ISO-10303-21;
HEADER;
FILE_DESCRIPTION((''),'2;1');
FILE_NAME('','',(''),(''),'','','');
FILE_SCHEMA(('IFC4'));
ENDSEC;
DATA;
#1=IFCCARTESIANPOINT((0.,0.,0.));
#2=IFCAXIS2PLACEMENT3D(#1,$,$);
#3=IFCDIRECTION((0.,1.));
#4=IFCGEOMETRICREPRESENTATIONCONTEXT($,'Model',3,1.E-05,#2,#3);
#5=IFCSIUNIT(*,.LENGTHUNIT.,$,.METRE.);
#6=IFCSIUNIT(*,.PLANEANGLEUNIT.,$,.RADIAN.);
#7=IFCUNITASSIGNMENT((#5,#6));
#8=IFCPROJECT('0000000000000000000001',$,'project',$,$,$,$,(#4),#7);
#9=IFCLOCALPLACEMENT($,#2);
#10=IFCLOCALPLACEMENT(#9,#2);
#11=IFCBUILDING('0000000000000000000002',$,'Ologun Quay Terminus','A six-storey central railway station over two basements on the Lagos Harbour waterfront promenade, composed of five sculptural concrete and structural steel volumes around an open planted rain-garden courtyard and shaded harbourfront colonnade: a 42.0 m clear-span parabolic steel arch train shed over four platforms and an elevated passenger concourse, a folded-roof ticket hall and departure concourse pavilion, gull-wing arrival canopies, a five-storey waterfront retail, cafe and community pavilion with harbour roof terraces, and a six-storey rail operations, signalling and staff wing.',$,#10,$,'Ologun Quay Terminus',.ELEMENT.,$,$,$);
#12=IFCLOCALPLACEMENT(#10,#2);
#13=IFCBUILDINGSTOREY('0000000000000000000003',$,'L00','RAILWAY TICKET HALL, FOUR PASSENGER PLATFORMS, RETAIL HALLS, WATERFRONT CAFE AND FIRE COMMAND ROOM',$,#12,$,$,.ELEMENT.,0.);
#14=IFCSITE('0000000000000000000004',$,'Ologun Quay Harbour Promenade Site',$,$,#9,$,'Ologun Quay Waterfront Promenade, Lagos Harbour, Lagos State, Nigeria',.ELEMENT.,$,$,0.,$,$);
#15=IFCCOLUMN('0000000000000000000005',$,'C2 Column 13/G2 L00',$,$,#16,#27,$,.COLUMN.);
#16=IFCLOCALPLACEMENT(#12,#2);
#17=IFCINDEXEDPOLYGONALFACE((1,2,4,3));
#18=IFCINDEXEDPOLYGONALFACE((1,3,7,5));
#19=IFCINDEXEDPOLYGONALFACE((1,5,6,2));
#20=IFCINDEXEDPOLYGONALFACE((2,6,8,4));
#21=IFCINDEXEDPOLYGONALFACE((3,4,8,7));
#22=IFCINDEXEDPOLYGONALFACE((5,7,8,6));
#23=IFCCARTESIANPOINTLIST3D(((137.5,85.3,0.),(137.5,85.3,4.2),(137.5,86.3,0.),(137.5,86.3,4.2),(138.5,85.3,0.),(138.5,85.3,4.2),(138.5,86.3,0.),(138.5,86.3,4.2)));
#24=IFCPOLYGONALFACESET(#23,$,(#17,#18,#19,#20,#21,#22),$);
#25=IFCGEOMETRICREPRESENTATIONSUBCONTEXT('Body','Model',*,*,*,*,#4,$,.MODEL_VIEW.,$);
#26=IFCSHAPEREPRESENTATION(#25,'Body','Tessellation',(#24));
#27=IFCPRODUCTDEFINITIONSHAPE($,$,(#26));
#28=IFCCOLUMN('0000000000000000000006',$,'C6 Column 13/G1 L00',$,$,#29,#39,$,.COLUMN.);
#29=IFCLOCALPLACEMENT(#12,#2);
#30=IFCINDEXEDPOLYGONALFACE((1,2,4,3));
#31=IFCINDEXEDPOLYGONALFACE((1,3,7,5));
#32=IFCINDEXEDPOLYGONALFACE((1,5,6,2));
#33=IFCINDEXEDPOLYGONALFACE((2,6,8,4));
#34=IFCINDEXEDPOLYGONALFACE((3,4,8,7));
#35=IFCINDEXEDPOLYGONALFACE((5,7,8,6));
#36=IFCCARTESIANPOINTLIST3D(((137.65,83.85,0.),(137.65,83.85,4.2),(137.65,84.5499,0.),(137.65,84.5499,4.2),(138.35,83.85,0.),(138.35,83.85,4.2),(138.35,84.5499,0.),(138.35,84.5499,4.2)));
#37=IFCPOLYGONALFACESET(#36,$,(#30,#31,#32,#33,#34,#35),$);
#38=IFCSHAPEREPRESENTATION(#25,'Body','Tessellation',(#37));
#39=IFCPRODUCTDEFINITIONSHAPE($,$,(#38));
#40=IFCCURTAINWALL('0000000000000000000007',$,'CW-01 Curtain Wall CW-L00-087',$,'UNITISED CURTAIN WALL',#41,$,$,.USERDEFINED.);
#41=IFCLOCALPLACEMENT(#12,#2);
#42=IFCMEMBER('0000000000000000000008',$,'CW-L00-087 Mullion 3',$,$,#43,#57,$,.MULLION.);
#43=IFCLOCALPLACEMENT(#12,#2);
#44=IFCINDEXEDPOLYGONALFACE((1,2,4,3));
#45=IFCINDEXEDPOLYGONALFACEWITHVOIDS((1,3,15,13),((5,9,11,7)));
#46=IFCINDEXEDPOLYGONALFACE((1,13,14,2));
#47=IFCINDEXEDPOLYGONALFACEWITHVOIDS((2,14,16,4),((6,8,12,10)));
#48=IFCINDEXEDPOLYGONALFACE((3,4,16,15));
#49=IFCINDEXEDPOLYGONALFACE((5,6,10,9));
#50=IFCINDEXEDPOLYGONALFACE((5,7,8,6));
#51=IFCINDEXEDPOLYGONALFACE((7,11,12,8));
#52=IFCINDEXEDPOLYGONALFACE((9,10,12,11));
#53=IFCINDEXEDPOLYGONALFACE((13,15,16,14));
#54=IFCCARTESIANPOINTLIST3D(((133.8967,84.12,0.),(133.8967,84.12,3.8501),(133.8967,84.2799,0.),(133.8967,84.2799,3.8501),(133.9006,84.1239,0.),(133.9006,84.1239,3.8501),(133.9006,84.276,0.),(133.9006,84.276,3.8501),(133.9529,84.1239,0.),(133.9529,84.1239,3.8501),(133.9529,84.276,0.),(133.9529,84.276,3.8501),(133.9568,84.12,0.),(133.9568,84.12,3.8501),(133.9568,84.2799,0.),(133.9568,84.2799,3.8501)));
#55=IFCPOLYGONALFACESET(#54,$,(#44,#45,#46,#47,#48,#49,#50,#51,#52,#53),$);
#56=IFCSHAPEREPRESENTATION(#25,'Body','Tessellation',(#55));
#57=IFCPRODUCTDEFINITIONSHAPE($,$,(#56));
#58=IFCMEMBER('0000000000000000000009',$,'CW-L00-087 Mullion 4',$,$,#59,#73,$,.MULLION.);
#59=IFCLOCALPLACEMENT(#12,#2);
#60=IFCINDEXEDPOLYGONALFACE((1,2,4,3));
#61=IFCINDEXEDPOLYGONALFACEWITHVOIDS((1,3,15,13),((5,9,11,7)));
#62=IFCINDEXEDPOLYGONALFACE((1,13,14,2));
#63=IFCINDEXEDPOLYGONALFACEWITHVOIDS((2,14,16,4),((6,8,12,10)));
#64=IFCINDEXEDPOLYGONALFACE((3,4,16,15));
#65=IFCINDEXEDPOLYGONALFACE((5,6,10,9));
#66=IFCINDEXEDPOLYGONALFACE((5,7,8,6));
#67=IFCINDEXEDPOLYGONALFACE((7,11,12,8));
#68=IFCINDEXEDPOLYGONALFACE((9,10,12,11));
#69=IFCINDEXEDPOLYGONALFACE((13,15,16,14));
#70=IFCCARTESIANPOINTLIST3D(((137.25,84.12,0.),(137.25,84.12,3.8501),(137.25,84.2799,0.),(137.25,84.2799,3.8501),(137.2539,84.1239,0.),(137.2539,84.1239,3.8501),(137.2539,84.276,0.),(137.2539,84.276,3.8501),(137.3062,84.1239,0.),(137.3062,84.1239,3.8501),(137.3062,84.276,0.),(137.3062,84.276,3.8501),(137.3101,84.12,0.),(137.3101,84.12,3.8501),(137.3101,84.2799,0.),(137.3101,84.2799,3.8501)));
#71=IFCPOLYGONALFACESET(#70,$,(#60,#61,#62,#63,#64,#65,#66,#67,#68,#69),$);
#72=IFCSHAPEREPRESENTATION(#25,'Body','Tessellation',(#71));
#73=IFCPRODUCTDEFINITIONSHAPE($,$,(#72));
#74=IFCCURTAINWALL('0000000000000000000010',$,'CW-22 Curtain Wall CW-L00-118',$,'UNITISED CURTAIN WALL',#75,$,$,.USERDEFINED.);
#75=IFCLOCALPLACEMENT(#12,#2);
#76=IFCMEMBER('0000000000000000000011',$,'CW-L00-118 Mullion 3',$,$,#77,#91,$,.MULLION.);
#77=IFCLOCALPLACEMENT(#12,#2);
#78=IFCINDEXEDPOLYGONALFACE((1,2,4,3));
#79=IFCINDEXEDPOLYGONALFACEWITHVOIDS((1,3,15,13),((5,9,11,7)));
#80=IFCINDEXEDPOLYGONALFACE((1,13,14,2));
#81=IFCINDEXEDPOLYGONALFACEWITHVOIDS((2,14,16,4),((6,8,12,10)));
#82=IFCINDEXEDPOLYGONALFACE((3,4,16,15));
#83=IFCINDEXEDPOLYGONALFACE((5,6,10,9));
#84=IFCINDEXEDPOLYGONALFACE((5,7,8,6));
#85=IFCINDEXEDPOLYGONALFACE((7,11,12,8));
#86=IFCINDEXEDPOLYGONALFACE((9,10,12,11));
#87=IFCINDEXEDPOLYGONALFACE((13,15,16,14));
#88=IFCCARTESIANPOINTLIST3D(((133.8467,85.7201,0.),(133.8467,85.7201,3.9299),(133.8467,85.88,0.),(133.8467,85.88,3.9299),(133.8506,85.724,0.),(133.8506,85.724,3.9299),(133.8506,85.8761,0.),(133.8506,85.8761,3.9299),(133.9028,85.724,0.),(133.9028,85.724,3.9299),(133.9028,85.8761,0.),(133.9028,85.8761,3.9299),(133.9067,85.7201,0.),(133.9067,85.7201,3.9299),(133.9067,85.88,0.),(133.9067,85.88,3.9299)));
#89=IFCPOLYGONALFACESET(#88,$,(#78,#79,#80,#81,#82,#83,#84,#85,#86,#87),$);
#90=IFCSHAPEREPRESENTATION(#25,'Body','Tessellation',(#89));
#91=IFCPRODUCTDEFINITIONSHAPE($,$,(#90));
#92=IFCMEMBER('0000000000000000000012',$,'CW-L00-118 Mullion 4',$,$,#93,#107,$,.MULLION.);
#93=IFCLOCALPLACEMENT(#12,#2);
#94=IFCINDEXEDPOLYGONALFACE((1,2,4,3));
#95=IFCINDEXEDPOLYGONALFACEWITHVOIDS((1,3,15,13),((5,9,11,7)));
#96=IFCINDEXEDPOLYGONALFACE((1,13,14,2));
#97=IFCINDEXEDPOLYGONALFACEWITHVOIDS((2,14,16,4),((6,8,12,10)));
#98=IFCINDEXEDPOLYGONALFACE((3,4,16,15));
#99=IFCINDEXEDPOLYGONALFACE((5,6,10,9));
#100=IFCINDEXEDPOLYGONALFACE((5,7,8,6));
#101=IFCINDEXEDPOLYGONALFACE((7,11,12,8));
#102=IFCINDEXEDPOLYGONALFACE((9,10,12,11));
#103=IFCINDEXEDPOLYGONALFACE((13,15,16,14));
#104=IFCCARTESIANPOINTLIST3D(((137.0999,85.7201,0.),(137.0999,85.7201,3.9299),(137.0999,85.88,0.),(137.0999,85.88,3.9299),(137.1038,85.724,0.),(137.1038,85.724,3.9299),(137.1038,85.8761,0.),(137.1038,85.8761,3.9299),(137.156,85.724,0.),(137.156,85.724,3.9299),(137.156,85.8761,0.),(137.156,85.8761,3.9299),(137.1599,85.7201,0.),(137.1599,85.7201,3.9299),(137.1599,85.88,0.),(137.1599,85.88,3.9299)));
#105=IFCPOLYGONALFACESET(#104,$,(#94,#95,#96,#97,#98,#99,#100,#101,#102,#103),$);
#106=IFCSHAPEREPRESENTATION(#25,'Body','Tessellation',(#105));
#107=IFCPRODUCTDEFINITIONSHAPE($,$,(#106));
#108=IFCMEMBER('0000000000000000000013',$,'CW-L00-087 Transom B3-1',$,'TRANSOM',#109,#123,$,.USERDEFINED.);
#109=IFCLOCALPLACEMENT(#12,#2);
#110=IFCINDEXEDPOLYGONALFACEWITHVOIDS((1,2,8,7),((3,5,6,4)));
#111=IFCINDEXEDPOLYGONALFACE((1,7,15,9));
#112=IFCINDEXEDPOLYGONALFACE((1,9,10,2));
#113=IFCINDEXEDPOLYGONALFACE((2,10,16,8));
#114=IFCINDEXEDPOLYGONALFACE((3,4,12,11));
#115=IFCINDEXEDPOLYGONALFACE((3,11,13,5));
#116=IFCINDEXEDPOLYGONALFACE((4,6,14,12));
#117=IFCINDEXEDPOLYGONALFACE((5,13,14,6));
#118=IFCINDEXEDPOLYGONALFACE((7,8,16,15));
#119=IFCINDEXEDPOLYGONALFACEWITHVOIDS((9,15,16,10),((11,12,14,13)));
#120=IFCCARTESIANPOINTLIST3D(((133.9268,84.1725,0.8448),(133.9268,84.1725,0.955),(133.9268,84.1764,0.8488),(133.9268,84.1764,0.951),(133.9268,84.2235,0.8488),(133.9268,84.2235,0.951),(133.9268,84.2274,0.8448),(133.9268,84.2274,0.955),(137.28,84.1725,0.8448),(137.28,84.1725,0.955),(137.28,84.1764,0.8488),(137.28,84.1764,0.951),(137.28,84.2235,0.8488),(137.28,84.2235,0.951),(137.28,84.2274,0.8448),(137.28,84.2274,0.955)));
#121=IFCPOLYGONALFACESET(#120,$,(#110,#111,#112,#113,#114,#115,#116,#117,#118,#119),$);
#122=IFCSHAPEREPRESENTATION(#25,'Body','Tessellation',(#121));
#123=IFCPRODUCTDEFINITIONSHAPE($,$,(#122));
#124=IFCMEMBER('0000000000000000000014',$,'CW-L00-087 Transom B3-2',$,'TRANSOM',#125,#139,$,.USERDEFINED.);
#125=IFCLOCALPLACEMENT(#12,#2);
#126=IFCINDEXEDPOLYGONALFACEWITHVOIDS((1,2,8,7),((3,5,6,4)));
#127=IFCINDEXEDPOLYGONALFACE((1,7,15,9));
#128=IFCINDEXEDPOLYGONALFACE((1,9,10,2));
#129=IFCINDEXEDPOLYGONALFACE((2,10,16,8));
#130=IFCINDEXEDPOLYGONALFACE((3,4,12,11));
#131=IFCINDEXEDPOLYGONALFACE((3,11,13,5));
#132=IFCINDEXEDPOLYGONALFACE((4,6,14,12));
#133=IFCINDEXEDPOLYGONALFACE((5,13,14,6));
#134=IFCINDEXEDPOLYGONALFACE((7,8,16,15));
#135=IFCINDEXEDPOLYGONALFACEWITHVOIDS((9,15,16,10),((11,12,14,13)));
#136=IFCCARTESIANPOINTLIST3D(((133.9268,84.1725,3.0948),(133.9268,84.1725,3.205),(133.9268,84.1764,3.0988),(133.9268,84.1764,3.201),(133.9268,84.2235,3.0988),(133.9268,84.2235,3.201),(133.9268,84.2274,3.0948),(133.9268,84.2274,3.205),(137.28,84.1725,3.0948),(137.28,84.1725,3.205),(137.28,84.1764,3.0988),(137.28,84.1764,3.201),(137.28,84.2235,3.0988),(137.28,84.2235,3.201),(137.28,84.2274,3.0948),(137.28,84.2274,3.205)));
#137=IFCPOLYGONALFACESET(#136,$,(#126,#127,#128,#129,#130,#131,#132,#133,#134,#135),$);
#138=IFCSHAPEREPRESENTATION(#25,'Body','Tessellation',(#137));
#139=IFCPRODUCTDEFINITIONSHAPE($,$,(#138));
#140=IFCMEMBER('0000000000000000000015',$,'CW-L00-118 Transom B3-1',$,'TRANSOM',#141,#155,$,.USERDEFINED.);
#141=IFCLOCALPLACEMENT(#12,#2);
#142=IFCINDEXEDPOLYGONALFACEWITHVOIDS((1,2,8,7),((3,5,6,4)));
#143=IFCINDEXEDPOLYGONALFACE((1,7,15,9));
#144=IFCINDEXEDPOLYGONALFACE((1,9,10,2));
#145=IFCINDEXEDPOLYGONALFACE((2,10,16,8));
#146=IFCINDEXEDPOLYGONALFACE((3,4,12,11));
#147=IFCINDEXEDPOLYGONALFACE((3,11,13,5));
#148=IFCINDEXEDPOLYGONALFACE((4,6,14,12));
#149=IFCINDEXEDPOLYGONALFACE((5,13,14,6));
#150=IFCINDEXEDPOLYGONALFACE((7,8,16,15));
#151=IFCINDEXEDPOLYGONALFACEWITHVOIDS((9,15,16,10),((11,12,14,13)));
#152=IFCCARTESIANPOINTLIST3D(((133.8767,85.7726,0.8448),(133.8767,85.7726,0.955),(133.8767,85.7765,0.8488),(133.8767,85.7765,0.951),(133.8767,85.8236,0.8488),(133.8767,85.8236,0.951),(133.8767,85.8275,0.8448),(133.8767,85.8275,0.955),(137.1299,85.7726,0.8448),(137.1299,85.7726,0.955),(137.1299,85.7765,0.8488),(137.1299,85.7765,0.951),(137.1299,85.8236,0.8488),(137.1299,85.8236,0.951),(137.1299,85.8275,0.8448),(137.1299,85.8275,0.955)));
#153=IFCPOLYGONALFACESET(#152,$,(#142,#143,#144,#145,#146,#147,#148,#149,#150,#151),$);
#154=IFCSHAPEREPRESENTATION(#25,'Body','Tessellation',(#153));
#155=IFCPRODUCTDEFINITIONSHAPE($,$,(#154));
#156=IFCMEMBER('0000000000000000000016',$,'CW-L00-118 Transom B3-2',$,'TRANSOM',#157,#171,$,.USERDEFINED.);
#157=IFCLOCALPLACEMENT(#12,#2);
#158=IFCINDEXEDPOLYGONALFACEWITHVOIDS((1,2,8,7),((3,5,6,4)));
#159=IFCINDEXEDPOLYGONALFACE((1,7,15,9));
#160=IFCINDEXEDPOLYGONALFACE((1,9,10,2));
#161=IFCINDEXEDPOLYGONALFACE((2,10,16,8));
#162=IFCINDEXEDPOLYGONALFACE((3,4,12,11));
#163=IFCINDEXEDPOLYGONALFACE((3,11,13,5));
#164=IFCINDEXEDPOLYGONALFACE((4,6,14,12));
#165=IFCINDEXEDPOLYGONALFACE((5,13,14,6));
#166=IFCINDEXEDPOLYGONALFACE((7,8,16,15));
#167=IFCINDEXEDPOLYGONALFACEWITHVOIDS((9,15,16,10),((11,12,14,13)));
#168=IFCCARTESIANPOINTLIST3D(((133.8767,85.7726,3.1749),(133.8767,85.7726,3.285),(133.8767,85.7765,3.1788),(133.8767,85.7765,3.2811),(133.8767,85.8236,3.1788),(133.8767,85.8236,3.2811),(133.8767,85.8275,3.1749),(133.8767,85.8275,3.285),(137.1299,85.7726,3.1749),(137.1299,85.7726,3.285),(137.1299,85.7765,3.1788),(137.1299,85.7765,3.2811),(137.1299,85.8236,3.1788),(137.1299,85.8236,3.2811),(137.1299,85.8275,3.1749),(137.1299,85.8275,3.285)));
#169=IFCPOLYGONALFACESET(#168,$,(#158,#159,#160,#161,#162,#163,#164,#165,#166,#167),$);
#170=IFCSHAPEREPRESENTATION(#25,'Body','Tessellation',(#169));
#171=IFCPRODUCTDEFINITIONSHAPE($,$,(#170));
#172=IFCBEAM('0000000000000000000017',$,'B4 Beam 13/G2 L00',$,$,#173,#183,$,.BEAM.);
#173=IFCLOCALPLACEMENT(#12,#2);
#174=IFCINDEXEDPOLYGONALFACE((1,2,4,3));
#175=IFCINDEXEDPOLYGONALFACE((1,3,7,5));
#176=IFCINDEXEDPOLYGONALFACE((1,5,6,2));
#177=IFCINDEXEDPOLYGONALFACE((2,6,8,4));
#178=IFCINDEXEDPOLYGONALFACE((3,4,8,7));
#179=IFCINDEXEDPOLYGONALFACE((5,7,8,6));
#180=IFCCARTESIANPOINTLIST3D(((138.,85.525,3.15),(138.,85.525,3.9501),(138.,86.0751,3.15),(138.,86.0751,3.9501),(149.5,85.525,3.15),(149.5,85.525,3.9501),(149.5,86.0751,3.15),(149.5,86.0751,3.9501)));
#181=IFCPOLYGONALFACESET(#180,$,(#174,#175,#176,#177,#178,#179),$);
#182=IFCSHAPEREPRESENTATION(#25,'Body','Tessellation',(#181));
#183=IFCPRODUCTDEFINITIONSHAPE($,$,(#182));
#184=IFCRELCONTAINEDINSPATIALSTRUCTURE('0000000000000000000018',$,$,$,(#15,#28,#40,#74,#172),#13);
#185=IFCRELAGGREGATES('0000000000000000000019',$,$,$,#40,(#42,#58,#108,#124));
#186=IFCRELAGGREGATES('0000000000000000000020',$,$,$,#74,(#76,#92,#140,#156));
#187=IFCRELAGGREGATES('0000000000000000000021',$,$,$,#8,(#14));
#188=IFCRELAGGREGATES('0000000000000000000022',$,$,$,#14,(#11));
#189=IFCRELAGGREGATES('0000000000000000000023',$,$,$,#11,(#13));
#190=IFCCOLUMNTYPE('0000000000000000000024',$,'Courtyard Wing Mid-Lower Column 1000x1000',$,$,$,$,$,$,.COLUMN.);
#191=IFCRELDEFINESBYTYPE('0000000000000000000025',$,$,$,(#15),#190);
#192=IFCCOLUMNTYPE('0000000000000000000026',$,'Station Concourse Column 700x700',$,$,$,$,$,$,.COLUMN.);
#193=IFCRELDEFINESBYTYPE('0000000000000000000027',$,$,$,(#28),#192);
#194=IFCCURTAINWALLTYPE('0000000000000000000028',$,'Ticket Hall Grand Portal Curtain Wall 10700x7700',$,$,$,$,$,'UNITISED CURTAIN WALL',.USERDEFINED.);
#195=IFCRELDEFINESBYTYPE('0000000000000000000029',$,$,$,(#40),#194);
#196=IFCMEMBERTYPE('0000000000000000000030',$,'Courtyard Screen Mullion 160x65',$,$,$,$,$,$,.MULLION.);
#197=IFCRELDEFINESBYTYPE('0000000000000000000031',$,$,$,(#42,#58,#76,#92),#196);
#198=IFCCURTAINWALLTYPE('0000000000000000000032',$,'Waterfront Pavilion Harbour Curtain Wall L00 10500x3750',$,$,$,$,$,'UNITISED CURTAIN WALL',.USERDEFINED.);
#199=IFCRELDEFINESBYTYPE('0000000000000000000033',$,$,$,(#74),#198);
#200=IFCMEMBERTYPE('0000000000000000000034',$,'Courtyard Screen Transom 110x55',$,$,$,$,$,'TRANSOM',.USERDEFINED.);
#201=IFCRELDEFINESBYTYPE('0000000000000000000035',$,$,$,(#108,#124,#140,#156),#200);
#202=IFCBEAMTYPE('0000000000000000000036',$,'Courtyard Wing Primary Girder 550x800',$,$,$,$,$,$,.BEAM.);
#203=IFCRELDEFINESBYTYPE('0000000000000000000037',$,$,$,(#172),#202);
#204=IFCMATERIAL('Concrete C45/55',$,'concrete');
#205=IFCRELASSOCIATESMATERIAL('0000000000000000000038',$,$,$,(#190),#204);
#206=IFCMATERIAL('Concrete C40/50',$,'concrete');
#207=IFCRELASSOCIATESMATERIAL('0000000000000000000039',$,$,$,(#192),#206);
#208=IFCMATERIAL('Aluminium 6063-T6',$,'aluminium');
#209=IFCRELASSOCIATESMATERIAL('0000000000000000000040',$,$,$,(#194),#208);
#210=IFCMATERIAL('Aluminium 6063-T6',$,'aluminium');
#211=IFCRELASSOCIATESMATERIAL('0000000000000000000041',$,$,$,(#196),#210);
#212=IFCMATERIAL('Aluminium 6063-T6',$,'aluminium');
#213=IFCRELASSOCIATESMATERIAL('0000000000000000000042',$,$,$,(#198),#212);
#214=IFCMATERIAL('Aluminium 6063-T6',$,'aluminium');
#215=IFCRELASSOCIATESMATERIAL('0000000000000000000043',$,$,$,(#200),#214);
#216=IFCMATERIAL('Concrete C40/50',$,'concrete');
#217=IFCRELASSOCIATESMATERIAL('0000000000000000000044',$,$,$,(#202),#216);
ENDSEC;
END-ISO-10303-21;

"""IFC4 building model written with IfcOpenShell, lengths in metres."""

from ifc_helpers import new_model, si_unit, direction, frame, origin, origin_2d, place, context, subcontext, project, spatial, rectangle, hollow_rectangle, extrude, material, material_profile, profile_set, type_object, element, aggregate, save


model = new_model("IFC4")

# Units and contexts
model_context = context("Model", 3, precision=1e-05, world=origin(), true_north=direction((0.0, 1.0)))
body_context = subcontext(model_context, "Body", "Model", "MODEL_VIEW")
ifc_project = project(units=[si_unit("LENGTHUNIT", "METRE"), si_unit("PLANEANGLEUNIT", "RADIAN")], contexts=[model_context])

# Site, building, storey
site_placement = place(None, origin())
site = spatial("IfcSite", under=ifc_project, at=site_placement, Name="Ologun Quay Harbour Promenade Site", LongName="Ologun Quay Waterfront Promenade, Lagos Harbour, Lagos State, Nigeria", CompositionType="ELEMENT", RefElevation=0.0)
building_placement = place(site_placement, origin())
building = spatial("IfcBuilding", under=site, at=building_placement, Name="Ologun Quay Terminus", Description="A six-storey central railway station over two basements on the Lagos Harbour waterfront promenade, composed of five sculptural concrete and structural steel volumes around an open planted rain-garden courtyard and shaded harbourfront colonnade: a 42.0 m clear-span parabolic steel arch train shed over four platforms and an elevated passenger concourse, a folded-roof ticket hall and departure concourse pavilion, gull-wing arrival canopies, a five-storey waterfront retail, cafe and community pavilion with harbour roof terraces, and a six-storey rail operations, signalling and staff wing.", LongName="Ologun Quay Terminus", CompositionType="ELEMENT")
storey_placement = place(building_placement, origin())
storey = spatial("IfcBuildingStorey", under=building, at=storey_placement, Name="L00", Description="RAILWAY TICKET HALL, FOUR PASSENGER PLATFORMS, RETAIL HALLS, WATERFRONT CAFE AND FIRE COMMAND ROOM", CompositionType="ELEMENT", Elevation=0.0)

# Columns
ifc_material_1 = material(Name="Concrete C45/55", Category="concrete")
ifc_material_profile_1 = material_profile(ifc_material_1, rectangle(XDim=1.0, YDim=1.0, at=origin_2d()), Name="RC 1000x1000")
ifc_profile_set_1 = profile_set([ifc_material_profile_1], Name="Concrete C45/55")
column_type_1 = type_object("IfcColumnType", Name="Courtyard Wing Mid-Lower Column 1000x1000", PredefinedType="COLUMN", material=ifc_profile_set_1)
column_1_placement = place(storey_placement, frame((138.0, 85.8, 0.0), z_axis=(0.0, 0.0, 1.0), x_axis=(1.0, 0.0, 0.0)))
element("IfcColumn", 1, at=column_1_placement, inside=storey, type_object=column_type_1, Name="C2 Column 13/G2 L00", PredefinedType="COLUMN", context=body_context, shape_type="SweptSolid", body=[
    extrude(rectangle(XDim=1.0, YDim=1.0, at=origin_2d()), origin(), (0.0, 0.0, 1.0), 4.2),
])
ifc_material_2 = material(Name="Concrete C40/50", Category="concrete")
ifc_material_profile_2 = material_profile(ifc_material_2, rectangle(XDim=0.7, YDim=0.7, at=origin_2d()), Name="RC 700x700")
ifc_profile_set_2 = profile_set([ifc_material_profile_2], Name="Concrete C40/50")
column_type_2 = type_object("IfcColumnType", Name="Station Concourse Column 700x700", PredefinedType="COLUMN", material=ifc_profile_set_2)
column_2_placement = place(storey_placement, frame((138.0, 84.2, 0.0), z_axis=(0.0, 0.0, 1.0), x_axis=(1.0, 0.0, 0.0)))
element("IfcColumn", 2, at=column_2_placement, inside=storey, type_object=column_type_2, Name="C6 Column 13/G1 L00", PredefinedType="COLUMN", context=body_context, shape_type="SweptSolid", body=[
    extrude(rectangle(XDim=0.7, YDim=0.7, at=origin_2d()), origin(), (0.0, 0.0, 1.0), 4.2),
])

# Curtain walls, members
ifc_material_3 = material(Name="Aluminium 6063-T6", Category="aluminium")
curtain_wall_type_1 = type_object("IfcCurtainWallType", Name="Ticket Hall Grand Portal Curtain Wall 10700x7700", ElementType="UNITISED CURTAIN WALL", PredefinedType="USERDEFINED", material=ifc_material_3)
curtain_wall_1_placement = place(storey_placement, origin())
curtain_wall_1 = element("IfcCurtainWall", 3, at=curtain_wall_1_placement, inside=storey, type_object=curtain_wall_type_1, Name="CW-01 Curtain Wall CW-L00-087", ObjectType="UNITISED CURTAIN WALL", PredefinedType="USERDEFINED")
ifc_material_4 = material(Name="Aluminium 6063-T6", Category="aluminium")
ifc_material_profile_3 = material_profile(ifc_material_4, hollow_rectangle(XDim=0.0601, YDim=0.1599, WallThickness=0.0039, at=origin_2d()), Name="ALU 160x60x4")
ifc_profile_set_3 = profile_set([ifc_material_profile_3], Name="Aluminium 6063-T6")
member_type_1 = type_object("IfcMemberType", Name="Courtyard Screen Mullion 160x65", PredefinedType="MULLION", material=ifc_profile_set_3)
member_1_placement = place(storey_placement, frame((133.9268, 84.2, 0.0), z_axis=(0.0, 0.0, 1.0), x_axis=(1.0, 0.0, 0.0)))
member_1 = element("IfcMember", 4, at=member_1_placement, type_object=member_type_1, Name="CW-L00-087 Mullion 3", PredefinedType="MULLION", context=body_context, shape_type="SweptSolid", body=[
    extrude(hollow_rectangle(XDim=0.0601, YDim=0.1599, WallThickness=0.0039, at=origin_2d()), origin(), (0.0, 0.0, 1.0), 3.8501),
])
member_2_placement = place(storey_placement, frame((137.28, 84.2, 0.0), z_axis=(0.0, 0.0, 1.0), x_axis=(1.0, 0.0, 0.0)))
member_2 = element("IfcMember", 5, at=member_2_placement, type_object=member_type_1, Name="CW-L00-087 Mullion 4", PredefinedType="MULLION", context=body_context, shape_type="SweptSolid", body=[
    extrude(hollow_rectangle(XDim=0.0601, YDim=0.1599, WallThickness=0.0039, at=origin_2d()), origin(), (0.0, 0.0, 1.0), 3.8501),
])
ifc_material_5 = material(Name="Aluminium 6063-T6", Category="aluminium")
curtain_wall_type_2 = type_object("IfcCurtainWallType", Name="Waterfront Pavilion Harbour Curtain Wall L00 10500x3750", ElementType="UNITISED CURTAIN WALL", PredefinedType="USERDEFINED", material=ifc_material_5)
curtain_wall_2_placement = place(storey_placement, origin())
curtain_wall_2 = element("IfcCurtainWall", 6, at=curtain_wall_2_placement, inside=storey, type_object=curtain_wall_type_2, Name="CW-22 Curtain Wall CW-L00-118", ObjectType="UNITISED CURTAIN WALL", PredefinedType="USERDEFINED")
member_3_placement = place(storey_placement, frame((133.8767, 85.8, 0.0), z_axis=(0.0, 0.0, 1.0), x_axis=(1.0, 0.0, 0.0)))
member_3 = element("IfcMember", 7, at=member_3_placement, type_object=member_type_1, Name="CW-L00-118 Mullion 3", PredefinedType="MULLION", context=body_context, shape_type="SweptSolid", body=[
    extrude(hollow_rectangle(XDim=0.0601, YDim=0.1599, WallThickness=0.0039, at=origin_2d()), origin(), (0.0, 0.0, 1.0), 3.9299),
])
member_4_placement = place(storey_placement, frame((137.1299, 85.8, 0.0), z_axis=(0.0, 0.0, 1.0), x_axis=(1.0, 0.0, 0.0)))
member_4 = element("IfcMember", 8, at=member_4_placement, type_object=member_type_1, Name="CW-L00-118 Mullion 4", PredefinedType="MULLION", context=body_context, shape_type="SweptSolid", body=[
    extrude(hollow_rectangle(XDim=0.0601, YDim=0.1599, WallThickness=0.0039, at=origin_2d()), origin(), (0.0, 0.0, 1.0), 3.9299),
])

# Members
ifc_material_6 = material(Name="Aluminium 6063-T6", Category="aluminium")
ifc_material_profile_4 = material_profile(ifc_material_6, hollow_rectangle(XDim=0.0549, YDim=0.1101, WallThickness=0.0039, at=origin_2d()), Name="ALU 110x55x4")
ifc_profile_set_4 = profile_set([ifc_material_profile_4], Name="Aluminium 6063-T6")
member_type_2 = type_object("IfcMemberType", Name="Courtyard Screen Transom 110x55", ElementType="TRANSOM", PredefinedType="USERDEFINED", material=ifc_profile_set_4)
member_5_placement = place(storey_placement, frame((133.9268, 84.2, 0.8999), z_axis=(1.0, 0.0, 0.0), x_axis=(0.0, 1.0, 0.0)))
member_5 = element("IfcMember", 9, at=member_5_placement, type_object=member_type_2, Name="CW-L00-087 Transom B3-1", ObjectType="TRANSOM", PredefinedType="USERDEFINED", context=body_context, shape_type="SweptSolid", body=[
    extrude(hollow_rectangle(XDim=0.0549, YDim=0.1101, WallThickness=0.0039, at=origin_2d()), origin(), (0.0, 0.0, 1.0), 3.3533),
])
member_6_placement = place(storey_placement, frame((133.9268, 84.2, 3.1499), z_axis=(1.0, 0.0, 0.0), x_axis=(0.0, 1.0, 0.0)))
member_6 = element("IfcMember", 10, at=member_6_placement, type_object=member_type_2, Name="CW-L00-087 Transom B3-2", ObjectType="TRANSOM", PredefinedType="USERDEFINED", context=body_context, shape_type="SweptSolid", body=[
    extrude(hollow_rectangle(XDim=0.0549, YDim=0.1101, WallThickness=0.0039, at=origin_2d()), origin(), (0.0, 0.0, 1.0), 3.3533),
])
member_7_placement = place(storey_placement, frame((133.8767, 85.8, 0.8999), z_axis=(1.0, 0.0, 0.0), x_axis=(0.0, 1.0, 0.0)))
member_7 = element("IfcMember", 11, at=member_7_placement, type_object=member_type_2, Name="CW-L00-118 Transom B3-1", ObjectType="TRANSOM", PredefinedType="USERDEFINED", context=body_context, shape_type="SweptSolid", body=[
    extrude(hollow_rectangle(XDim=0.0549, YDim=0.1101, WallThickness=0.0039, at=origin_2d()), origin(), (0.0, 0.0, 1.0), 3.2532),
])
member_8_placement = place(storey_placement, frame((133.8767, 85.8, 3.23), z_axis=(1.0, 0.0, 0.0), x_axis=(0.0, 1.0, 0.0)))
member_8 = element("IfcMember", 12, at=member_8_placement, type_object=member_type_2, Name="CW-L00-118 Transom B3-2", ObjectType="TRANSOM", PredefinedType="USERDEFINED", context=body_context, shape_type="SweptSolid", body=[
    extrude(hollow_rectangle(XDim=0.0549, YDim=0.1101, WallThickness=0.0039, at=origin_2d()), origin(), (0.0, 0.0, 1.0), 3.2532),
])

# Beam
ifc_material_7 = material(Name="Concrete C40/50", Category="concrete")
ifc_material_profile_5 = material_profile(ifc_material_7, rectangle(XDim=0.55, YDim=0.8, at=origin_2d()), Name="RC 550x800")
ifc_profile_set_5 = profile_set([ifc_material_profile_5], Name="Concrete C40/50")
beam_type_1 = type_object("IfcBeamType", Name="Courtyard Wing Primary Girder 550x800", PredefinedType="BEAM", material=ifc_profile_set_5)
beam_1_placement = place(storey_placement, frame((138.0, 85.8, 3.55), z_axis=(1.0, 0.0, 0.0), x_axis=(0.0, 1.0, 0.0)))
element("IfcBeam", 13, at=beam_1_placement, inside=storey, type_object=beam_type_1, Name="B4 Beam 13/G2 L00", PredefinedType="BEAM", context=body_context, shape_type="SweptSolid", body=[
    extrude(rectangle(XDim=0.55, YDim=0.8, at=origin_2d()), origin(), (0.0, 0.0, 1.0), 11.5),
])

aggregate(curtain_wall_1, [member_1, member_2, member_5, member_6])
aggregate(curtain_wall_2, [member_3, member_4, member_7, member_8])

save(model, "model.ifc")
